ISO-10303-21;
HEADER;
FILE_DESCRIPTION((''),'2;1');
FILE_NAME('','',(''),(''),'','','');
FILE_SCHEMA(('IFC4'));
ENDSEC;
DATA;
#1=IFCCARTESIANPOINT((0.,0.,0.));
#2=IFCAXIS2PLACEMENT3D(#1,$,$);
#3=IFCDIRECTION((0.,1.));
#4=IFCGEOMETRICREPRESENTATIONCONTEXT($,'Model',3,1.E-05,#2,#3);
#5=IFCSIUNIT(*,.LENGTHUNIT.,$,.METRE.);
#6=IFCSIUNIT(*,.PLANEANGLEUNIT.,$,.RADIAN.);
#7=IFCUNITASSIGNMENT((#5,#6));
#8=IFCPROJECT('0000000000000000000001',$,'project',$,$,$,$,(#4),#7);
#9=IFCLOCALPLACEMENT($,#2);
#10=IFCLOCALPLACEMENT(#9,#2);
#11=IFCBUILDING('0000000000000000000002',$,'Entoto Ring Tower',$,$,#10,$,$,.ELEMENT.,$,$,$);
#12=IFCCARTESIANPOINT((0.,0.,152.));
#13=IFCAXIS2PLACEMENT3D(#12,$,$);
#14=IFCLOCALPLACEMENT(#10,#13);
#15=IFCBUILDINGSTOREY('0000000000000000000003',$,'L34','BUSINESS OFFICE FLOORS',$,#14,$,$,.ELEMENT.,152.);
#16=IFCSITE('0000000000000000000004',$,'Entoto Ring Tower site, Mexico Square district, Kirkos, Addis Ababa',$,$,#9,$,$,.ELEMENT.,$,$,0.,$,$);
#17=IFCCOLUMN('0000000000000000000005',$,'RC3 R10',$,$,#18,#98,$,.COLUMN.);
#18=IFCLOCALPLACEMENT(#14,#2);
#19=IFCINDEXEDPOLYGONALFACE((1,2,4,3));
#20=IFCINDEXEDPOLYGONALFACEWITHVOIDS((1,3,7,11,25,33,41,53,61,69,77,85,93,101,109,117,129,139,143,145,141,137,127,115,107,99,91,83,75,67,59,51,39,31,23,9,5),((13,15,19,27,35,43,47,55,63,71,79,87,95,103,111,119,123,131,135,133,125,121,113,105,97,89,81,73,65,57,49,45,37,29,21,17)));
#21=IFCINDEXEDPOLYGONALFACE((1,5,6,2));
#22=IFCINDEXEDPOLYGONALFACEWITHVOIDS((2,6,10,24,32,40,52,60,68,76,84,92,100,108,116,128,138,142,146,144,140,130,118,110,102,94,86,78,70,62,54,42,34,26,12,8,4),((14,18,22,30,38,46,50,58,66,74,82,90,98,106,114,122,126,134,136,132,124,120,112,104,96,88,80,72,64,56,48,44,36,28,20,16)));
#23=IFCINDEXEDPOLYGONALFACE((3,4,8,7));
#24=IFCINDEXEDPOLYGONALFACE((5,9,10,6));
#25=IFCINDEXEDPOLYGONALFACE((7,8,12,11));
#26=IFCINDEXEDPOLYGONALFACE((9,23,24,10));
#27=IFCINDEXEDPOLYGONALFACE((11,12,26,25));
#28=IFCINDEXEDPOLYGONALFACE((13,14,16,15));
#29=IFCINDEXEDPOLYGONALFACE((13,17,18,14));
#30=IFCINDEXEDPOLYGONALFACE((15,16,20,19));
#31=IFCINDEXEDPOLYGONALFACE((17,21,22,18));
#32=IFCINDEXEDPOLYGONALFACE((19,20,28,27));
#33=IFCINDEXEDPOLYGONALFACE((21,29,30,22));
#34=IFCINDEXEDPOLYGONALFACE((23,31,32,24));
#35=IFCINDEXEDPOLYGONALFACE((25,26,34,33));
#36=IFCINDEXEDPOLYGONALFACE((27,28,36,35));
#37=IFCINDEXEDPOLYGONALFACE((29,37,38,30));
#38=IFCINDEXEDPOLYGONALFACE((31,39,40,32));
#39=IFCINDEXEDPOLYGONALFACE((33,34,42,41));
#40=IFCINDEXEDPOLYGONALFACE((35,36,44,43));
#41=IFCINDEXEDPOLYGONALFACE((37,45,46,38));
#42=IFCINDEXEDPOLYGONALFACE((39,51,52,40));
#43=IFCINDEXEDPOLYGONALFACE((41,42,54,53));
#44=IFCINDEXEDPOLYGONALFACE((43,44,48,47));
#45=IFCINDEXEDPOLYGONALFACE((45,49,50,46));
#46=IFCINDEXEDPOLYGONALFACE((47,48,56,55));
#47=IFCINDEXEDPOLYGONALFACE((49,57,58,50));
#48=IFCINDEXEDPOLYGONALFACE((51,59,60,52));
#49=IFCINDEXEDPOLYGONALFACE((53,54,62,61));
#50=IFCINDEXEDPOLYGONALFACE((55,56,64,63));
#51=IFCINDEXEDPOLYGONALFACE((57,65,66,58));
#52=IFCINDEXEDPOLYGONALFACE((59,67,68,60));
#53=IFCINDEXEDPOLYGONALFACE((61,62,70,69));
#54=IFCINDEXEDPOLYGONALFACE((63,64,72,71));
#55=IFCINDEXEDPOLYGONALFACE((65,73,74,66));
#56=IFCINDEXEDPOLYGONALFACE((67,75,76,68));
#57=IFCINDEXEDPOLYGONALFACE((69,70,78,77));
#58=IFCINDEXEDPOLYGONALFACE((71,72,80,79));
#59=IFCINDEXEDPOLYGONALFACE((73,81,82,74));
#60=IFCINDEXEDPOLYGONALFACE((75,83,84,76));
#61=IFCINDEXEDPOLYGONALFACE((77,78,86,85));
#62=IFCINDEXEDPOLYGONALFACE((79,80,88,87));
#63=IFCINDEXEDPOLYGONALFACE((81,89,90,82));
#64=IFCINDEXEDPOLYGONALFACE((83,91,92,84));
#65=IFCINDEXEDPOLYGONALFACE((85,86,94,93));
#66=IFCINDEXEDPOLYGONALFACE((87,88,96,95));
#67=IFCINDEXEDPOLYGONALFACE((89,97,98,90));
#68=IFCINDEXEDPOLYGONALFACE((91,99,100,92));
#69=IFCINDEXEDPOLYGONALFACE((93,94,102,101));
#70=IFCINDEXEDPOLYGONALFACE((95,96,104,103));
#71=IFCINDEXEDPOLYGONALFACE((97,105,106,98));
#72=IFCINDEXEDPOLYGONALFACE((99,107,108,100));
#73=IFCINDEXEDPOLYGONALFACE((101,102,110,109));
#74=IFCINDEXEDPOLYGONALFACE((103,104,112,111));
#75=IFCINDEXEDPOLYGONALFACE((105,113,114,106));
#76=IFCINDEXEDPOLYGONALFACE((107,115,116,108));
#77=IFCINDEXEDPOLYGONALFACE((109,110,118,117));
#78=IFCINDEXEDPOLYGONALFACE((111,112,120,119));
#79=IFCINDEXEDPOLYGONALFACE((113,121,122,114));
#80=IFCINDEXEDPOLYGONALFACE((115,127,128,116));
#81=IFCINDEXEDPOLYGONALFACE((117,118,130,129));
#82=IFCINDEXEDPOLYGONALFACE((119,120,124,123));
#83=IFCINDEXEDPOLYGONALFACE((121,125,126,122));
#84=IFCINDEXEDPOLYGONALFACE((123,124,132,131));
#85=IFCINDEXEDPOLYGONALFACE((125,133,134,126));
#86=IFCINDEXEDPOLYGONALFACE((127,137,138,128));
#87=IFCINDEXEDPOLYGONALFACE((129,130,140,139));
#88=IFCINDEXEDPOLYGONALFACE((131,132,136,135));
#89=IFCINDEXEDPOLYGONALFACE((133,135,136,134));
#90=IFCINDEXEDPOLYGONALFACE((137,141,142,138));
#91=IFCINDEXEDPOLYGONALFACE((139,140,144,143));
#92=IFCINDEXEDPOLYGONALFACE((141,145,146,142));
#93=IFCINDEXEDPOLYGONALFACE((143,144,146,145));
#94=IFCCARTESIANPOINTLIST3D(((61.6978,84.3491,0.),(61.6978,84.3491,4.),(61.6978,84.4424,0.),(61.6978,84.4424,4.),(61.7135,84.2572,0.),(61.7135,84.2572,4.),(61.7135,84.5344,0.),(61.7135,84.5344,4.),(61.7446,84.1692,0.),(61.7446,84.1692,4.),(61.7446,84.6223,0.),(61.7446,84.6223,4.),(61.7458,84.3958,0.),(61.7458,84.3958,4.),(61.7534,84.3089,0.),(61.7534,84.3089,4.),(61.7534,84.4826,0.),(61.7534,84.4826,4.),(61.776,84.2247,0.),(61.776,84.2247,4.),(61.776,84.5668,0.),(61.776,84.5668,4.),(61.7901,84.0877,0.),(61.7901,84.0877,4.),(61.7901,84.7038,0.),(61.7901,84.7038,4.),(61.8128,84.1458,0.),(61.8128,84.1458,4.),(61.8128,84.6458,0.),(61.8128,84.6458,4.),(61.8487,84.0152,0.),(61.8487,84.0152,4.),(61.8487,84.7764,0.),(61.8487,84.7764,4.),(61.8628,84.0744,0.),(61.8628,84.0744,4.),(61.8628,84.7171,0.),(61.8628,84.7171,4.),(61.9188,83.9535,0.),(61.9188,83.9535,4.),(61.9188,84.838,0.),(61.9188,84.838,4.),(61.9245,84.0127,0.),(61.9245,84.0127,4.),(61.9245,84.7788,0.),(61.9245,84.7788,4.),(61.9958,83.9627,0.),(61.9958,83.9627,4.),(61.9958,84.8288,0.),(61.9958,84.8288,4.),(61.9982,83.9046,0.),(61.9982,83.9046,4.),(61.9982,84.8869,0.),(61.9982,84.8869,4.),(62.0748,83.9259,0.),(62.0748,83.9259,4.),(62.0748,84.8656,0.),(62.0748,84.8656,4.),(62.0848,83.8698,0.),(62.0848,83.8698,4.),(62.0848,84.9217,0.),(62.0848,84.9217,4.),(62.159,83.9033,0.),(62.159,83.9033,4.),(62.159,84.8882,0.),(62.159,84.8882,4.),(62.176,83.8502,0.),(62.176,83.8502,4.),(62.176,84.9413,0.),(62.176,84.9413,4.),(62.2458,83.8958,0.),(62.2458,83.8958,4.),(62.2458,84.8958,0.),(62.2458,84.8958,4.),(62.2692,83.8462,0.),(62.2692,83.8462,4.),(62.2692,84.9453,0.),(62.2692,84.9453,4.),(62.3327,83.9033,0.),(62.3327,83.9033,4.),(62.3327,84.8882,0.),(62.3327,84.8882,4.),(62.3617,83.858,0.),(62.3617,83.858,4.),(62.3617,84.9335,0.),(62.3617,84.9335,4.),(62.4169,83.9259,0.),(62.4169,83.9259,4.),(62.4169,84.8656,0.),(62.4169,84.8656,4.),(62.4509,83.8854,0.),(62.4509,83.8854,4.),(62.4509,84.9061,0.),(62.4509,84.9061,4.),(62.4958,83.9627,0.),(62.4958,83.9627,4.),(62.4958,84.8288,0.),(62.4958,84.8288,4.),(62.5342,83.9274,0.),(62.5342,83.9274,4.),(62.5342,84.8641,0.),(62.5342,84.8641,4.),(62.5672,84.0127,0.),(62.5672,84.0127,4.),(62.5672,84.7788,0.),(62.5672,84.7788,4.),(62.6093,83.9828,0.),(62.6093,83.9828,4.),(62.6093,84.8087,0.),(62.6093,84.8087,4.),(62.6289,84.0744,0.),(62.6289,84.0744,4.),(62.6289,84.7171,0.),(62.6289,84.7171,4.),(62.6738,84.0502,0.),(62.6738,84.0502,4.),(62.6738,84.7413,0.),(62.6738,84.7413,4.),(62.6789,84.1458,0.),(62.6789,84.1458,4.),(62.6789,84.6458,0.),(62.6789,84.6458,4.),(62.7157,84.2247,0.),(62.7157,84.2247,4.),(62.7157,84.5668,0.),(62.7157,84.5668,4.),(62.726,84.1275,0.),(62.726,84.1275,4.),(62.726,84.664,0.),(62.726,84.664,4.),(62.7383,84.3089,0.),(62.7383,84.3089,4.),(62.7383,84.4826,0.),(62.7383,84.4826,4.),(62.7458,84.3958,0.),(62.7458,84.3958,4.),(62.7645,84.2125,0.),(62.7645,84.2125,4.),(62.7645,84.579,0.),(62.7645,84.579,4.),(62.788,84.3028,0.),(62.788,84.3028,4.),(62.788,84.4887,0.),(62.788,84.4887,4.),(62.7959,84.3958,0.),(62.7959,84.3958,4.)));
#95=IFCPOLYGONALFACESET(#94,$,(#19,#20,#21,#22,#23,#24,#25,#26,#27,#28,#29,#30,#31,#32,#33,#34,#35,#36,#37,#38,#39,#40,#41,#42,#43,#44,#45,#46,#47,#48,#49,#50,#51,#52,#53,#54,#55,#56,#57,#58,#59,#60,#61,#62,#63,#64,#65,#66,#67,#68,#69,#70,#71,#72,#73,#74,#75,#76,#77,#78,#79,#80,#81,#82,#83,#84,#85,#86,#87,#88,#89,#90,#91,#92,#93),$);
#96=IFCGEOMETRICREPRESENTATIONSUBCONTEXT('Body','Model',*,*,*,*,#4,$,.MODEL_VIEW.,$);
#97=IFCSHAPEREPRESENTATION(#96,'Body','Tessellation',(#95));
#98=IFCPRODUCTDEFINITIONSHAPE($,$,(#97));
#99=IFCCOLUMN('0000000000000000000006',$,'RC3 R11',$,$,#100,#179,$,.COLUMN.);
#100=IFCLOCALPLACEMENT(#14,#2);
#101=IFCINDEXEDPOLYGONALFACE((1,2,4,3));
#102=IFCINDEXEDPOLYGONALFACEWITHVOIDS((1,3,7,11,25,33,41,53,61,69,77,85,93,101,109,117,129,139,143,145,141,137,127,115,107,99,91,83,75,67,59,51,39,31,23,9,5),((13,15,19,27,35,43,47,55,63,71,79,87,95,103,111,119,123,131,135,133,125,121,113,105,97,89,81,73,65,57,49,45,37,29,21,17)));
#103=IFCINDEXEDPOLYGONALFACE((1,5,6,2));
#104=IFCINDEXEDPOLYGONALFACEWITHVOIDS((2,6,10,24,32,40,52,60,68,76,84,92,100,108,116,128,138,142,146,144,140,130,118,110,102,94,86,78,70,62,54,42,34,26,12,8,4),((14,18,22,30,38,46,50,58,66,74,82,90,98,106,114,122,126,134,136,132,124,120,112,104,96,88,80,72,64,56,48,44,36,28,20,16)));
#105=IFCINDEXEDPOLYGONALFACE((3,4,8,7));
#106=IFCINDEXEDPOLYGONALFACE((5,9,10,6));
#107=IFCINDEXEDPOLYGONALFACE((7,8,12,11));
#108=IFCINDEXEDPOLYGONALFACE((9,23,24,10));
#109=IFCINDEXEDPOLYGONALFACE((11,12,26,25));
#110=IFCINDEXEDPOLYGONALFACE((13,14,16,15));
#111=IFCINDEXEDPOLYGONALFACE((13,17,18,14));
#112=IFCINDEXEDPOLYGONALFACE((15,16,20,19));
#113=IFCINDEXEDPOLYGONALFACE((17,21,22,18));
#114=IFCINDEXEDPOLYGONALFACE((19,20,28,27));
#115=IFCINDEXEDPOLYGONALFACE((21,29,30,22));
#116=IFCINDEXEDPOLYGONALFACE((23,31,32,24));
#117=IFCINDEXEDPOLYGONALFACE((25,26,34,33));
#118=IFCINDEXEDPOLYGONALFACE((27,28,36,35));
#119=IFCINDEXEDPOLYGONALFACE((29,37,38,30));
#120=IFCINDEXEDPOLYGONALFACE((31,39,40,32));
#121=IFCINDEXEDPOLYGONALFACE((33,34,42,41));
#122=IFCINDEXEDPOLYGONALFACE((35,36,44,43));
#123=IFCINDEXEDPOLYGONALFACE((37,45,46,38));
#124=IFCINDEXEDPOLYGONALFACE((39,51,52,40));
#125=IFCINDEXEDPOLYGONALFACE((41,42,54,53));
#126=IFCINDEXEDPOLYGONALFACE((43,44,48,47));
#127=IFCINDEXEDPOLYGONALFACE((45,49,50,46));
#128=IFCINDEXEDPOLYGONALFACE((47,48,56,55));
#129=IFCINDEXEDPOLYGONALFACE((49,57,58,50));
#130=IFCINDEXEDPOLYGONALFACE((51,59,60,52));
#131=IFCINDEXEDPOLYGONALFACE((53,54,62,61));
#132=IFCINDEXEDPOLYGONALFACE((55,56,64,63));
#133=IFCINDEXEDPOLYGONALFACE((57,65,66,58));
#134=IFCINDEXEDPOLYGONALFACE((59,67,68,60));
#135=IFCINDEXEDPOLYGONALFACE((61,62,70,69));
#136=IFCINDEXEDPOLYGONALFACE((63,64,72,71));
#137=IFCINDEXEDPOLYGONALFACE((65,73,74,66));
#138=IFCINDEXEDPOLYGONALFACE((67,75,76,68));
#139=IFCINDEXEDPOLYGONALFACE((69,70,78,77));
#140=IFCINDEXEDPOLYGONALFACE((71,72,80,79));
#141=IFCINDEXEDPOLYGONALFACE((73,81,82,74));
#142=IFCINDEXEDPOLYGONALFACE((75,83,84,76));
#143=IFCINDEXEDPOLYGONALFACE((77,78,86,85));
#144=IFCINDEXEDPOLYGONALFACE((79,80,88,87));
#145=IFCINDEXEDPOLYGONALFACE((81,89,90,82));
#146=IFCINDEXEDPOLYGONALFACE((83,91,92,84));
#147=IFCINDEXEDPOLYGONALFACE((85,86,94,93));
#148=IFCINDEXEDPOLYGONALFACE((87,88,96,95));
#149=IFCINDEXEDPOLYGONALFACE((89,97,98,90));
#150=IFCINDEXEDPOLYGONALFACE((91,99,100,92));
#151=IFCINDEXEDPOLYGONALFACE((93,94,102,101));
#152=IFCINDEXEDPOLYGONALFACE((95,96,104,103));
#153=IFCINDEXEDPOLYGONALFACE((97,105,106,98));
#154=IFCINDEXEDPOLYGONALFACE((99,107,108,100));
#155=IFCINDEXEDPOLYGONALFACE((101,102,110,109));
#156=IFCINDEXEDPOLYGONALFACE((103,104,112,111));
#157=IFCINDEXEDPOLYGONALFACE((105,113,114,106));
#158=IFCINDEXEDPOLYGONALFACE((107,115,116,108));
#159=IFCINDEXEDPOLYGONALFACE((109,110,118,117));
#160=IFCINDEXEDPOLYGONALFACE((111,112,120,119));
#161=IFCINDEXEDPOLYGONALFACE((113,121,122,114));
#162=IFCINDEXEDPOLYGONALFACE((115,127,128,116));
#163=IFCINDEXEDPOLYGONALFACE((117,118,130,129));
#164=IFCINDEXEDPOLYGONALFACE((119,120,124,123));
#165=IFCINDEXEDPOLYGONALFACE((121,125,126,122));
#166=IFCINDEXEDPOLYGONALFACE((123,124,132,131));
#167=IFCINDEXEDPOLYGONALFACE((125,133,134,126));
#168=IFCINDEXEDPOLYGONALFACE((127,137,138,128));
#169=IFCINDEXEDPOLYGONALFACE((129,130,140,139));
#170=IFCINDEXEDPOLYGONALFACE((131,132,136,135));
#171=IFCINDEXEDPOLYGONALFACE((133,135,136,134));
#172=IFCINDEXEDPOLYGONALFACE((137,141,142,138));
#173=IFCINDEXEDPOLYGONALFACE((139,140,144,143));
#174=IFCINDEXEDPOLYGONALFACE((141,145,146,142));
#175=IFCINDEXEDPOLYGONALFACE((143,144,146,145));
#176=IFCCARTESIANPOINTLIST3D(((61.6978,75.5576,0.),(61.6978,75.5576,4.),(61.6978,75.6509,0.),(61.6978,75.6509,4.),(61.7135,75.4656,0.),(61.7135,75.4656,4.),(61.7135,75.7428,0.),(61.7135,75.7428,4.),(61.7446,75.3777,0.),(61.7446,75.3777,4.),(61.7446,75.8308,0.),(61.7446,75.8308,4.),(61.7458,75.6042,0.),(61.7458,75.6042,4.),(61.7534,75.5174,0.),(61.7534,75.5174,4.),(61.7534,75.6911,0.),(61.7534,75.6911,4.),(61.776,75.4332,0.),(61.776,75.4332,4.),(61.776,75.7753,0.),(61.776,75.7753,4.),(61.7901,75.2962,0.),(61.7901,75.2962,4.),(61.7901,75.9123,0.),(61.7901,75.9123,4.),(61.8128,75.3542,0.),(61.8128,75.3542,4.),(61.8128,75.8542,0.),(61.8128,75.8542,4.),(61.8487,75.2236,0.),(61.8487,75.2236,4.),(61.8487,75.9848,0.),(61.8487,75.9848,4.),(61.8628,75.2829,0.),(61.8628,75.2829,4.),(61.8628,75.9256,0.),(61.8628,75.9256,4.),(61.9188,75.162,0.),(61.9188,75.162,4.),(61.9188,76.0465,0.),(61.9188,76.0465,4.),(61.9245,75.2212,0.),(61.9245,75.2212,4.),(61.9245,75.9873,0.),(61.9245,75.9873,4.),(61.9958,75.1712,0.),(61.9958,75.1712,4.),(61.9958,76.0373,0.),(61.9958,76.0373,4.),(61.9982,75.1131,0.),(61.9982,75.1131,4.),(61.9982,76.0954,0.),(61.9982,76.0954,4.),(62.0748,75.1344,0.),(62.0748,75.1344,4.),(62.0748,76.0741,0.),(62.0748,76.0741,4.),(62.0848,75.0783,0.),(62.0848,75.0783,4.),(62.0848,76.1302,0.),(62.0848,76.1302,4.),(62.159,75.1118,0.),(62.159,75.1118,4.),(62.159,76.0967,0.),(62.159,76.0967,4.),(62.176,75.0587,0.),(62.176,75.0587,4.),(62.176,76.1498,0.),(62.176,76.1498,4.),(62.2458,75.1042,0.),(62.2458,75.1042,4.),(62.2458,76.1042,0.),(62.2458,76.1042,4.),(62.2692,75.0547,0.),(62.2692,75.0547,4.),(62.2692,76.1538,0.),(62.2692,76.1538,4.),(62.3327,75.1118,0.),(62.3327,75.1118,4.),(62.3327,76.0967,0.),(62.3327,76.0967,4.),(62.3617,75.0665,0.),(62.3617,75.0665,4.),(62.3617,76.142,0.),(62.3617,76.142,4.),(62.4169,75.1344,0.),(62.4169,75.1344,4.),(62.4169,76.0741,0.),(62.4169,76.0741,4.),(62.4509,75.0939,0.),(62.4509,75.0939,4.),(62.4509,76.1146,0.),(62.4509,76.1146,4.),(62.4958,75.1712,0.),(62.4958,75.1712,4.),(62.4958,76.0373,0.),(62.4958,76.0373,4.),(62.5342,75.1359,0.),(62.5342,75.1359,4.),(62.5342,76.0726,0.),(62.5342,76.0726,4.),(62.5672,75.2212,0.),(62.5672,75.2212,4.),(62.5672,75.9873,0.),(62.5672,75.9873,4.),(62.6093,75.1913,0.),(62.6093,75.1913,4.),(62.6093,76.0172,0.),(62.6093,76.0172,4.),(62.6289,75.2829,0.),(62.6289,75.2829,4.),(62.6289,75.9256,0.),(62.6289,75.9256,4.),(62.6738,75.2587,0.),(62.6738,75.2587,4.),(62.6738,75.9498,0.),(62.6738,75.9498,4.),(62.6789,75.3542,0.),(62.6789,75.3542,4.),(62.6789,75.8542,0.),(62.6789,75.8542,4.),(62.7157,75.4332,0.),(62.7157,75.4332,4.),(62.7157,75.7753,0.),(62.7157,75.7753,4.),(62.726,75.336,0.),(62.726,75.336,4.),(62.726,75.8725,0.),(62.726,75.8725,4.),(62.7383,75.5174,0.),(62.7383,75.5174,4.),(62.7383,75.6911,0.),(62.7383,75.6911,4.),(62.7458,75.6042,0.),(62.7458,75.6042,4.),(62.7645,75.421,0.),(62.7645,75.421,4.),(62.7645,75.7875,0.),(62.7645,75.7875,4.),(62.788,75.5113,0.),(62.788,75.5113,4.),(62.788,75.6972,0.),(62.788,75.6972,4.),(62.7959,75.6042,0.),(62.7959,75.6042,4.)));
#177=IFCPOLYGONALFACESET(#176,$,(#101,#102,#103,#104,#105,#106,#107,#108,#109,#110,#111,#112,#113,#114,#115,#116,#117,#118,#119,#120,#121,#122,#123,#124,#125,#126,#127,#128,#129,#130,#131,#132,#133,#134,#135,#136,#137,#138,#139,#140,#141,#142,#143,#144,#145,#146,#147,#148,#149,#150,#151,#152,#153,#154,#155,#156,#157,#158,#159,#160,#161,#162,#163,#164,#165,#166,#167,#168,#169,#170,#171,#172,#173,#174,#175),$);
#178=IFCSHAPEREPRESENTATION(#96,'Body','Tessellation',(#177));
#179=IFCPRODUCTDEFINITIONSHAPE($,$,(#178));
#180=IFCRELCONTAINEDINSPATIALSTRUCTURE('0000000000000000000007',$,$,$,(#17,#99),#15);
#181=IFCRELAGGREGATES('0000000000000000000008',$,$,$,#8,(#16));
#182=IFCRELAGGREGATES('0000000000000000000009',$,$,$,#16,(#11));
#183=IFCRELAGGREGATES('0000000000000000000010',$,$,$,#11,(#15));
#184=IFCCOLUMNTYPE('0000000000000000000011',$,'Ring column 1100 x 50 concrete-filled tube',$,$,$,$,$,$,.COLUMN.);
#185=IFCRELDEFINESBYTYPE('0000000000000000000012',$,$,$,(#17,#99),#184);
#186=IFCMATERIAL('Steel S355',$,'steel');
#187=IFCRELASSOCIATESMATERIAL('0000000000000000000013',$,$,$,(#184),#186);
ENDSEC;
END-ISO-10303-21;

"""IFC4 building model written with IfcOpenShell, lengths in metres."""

from ifc_helpers import new_model, si_unit, direction, frame, origin, origin_2d, place, context, subcontext, project, spatial, circle, hollow_circle, extrude, material, material_profile, profile_set, type_object, element, save


model = new_model("IFC4")

# Units and contexts
model_context = context("Model", 3, precision=1e-05, world=origin(), true_north=direction((0.0, 1.0)))
body_context = subcontext(model_context, "Body", "Model", "MODEL_VIEW")
ifc_project = project(units=[si_unit("LENGTHUNIT", "METRE"), si_unit("PLANEANGLEUNIT", "RADIAN")], contexts=[model_context])

# Site, building, storey
site_placement = place(None, origin())
site = spatial("IfcSite", under=ifc_project, at=site_placement, Name="Entoto Ring Tower site, Mexico Square district, Kirkos, Addis Ababa", CompositionType="ELEMENT", RefElevation=0.0)
building_placement = place(site_placement, origin())
building = spatial("IfcBuilding", under=site, at=building_placement, Name="Entoto Ring Tower", CompositionType="ELEMENT")
storey_placement = place(building_placement, frame((0.0, 0.0, 152.0)))
storey = spatial("IfcBuildingStorey", under=building, at=storey_placement, Name="L34", Description="BUSINESS OFFICE FLOORS", CompositionType="ELEMENT", Elevation=152.0)

# Columns
ifc_material_1 = material(Name="Steel S355", Category="steel")
ifc_material_profile_1 = material_profile(ifc_material_1, hollow_circle(Radius=0.55, WallThickness=0.05, at=origin_2d()), Name="CHS 1100 x 50")
ifc_material_2 = material(Name="Concrete C60/75", Category="concrete")
ifc_material_profile_2 = material_profile(ifc_material_2, circle(Radius=0.5, at=origin_2d()), Name="Concrete C60/75 infill")
ifc_profile_set_1 = profile_set([ifc_material_profile_1, ifc_material_profile_2], Name="Steel S355")
column_type = type_object("IfcColumnType", Name="Ring column 1100 x 50 concrete-filled tube", PredefinedType="COLUMN", material=ifc_profile_set_1)
for number, where, z_axis, x_axis, name in (
    (1, (62.2458, 84.3958, 0.0), (0.0, 0.0, 1.0), (1.0, 0.0, 0.0), "RC3 R10"),
    (2, (62.2458, 75.6042, 0.0), (0.0, 0.0, 1.0), (1.0, 0.0, 0.0), "RC3 R11"),
):
    element("IfcColumn", number, at=place(storey_placement, frame(where, z_axis=z_axis, x_axis=x_axis)), inside=storey, type_object=column_type, Name=name, PredefinedType="COLUMN", context=body_context, shape_type="SweptSolid", body=[
        extrude(hollow_circle(Radius=0.55, WallThickness=0.05, at=origin_2d()), origin(), (0.0, 0.0, 1.0), 4.0),
    ])

save(model, "model.ifc")
